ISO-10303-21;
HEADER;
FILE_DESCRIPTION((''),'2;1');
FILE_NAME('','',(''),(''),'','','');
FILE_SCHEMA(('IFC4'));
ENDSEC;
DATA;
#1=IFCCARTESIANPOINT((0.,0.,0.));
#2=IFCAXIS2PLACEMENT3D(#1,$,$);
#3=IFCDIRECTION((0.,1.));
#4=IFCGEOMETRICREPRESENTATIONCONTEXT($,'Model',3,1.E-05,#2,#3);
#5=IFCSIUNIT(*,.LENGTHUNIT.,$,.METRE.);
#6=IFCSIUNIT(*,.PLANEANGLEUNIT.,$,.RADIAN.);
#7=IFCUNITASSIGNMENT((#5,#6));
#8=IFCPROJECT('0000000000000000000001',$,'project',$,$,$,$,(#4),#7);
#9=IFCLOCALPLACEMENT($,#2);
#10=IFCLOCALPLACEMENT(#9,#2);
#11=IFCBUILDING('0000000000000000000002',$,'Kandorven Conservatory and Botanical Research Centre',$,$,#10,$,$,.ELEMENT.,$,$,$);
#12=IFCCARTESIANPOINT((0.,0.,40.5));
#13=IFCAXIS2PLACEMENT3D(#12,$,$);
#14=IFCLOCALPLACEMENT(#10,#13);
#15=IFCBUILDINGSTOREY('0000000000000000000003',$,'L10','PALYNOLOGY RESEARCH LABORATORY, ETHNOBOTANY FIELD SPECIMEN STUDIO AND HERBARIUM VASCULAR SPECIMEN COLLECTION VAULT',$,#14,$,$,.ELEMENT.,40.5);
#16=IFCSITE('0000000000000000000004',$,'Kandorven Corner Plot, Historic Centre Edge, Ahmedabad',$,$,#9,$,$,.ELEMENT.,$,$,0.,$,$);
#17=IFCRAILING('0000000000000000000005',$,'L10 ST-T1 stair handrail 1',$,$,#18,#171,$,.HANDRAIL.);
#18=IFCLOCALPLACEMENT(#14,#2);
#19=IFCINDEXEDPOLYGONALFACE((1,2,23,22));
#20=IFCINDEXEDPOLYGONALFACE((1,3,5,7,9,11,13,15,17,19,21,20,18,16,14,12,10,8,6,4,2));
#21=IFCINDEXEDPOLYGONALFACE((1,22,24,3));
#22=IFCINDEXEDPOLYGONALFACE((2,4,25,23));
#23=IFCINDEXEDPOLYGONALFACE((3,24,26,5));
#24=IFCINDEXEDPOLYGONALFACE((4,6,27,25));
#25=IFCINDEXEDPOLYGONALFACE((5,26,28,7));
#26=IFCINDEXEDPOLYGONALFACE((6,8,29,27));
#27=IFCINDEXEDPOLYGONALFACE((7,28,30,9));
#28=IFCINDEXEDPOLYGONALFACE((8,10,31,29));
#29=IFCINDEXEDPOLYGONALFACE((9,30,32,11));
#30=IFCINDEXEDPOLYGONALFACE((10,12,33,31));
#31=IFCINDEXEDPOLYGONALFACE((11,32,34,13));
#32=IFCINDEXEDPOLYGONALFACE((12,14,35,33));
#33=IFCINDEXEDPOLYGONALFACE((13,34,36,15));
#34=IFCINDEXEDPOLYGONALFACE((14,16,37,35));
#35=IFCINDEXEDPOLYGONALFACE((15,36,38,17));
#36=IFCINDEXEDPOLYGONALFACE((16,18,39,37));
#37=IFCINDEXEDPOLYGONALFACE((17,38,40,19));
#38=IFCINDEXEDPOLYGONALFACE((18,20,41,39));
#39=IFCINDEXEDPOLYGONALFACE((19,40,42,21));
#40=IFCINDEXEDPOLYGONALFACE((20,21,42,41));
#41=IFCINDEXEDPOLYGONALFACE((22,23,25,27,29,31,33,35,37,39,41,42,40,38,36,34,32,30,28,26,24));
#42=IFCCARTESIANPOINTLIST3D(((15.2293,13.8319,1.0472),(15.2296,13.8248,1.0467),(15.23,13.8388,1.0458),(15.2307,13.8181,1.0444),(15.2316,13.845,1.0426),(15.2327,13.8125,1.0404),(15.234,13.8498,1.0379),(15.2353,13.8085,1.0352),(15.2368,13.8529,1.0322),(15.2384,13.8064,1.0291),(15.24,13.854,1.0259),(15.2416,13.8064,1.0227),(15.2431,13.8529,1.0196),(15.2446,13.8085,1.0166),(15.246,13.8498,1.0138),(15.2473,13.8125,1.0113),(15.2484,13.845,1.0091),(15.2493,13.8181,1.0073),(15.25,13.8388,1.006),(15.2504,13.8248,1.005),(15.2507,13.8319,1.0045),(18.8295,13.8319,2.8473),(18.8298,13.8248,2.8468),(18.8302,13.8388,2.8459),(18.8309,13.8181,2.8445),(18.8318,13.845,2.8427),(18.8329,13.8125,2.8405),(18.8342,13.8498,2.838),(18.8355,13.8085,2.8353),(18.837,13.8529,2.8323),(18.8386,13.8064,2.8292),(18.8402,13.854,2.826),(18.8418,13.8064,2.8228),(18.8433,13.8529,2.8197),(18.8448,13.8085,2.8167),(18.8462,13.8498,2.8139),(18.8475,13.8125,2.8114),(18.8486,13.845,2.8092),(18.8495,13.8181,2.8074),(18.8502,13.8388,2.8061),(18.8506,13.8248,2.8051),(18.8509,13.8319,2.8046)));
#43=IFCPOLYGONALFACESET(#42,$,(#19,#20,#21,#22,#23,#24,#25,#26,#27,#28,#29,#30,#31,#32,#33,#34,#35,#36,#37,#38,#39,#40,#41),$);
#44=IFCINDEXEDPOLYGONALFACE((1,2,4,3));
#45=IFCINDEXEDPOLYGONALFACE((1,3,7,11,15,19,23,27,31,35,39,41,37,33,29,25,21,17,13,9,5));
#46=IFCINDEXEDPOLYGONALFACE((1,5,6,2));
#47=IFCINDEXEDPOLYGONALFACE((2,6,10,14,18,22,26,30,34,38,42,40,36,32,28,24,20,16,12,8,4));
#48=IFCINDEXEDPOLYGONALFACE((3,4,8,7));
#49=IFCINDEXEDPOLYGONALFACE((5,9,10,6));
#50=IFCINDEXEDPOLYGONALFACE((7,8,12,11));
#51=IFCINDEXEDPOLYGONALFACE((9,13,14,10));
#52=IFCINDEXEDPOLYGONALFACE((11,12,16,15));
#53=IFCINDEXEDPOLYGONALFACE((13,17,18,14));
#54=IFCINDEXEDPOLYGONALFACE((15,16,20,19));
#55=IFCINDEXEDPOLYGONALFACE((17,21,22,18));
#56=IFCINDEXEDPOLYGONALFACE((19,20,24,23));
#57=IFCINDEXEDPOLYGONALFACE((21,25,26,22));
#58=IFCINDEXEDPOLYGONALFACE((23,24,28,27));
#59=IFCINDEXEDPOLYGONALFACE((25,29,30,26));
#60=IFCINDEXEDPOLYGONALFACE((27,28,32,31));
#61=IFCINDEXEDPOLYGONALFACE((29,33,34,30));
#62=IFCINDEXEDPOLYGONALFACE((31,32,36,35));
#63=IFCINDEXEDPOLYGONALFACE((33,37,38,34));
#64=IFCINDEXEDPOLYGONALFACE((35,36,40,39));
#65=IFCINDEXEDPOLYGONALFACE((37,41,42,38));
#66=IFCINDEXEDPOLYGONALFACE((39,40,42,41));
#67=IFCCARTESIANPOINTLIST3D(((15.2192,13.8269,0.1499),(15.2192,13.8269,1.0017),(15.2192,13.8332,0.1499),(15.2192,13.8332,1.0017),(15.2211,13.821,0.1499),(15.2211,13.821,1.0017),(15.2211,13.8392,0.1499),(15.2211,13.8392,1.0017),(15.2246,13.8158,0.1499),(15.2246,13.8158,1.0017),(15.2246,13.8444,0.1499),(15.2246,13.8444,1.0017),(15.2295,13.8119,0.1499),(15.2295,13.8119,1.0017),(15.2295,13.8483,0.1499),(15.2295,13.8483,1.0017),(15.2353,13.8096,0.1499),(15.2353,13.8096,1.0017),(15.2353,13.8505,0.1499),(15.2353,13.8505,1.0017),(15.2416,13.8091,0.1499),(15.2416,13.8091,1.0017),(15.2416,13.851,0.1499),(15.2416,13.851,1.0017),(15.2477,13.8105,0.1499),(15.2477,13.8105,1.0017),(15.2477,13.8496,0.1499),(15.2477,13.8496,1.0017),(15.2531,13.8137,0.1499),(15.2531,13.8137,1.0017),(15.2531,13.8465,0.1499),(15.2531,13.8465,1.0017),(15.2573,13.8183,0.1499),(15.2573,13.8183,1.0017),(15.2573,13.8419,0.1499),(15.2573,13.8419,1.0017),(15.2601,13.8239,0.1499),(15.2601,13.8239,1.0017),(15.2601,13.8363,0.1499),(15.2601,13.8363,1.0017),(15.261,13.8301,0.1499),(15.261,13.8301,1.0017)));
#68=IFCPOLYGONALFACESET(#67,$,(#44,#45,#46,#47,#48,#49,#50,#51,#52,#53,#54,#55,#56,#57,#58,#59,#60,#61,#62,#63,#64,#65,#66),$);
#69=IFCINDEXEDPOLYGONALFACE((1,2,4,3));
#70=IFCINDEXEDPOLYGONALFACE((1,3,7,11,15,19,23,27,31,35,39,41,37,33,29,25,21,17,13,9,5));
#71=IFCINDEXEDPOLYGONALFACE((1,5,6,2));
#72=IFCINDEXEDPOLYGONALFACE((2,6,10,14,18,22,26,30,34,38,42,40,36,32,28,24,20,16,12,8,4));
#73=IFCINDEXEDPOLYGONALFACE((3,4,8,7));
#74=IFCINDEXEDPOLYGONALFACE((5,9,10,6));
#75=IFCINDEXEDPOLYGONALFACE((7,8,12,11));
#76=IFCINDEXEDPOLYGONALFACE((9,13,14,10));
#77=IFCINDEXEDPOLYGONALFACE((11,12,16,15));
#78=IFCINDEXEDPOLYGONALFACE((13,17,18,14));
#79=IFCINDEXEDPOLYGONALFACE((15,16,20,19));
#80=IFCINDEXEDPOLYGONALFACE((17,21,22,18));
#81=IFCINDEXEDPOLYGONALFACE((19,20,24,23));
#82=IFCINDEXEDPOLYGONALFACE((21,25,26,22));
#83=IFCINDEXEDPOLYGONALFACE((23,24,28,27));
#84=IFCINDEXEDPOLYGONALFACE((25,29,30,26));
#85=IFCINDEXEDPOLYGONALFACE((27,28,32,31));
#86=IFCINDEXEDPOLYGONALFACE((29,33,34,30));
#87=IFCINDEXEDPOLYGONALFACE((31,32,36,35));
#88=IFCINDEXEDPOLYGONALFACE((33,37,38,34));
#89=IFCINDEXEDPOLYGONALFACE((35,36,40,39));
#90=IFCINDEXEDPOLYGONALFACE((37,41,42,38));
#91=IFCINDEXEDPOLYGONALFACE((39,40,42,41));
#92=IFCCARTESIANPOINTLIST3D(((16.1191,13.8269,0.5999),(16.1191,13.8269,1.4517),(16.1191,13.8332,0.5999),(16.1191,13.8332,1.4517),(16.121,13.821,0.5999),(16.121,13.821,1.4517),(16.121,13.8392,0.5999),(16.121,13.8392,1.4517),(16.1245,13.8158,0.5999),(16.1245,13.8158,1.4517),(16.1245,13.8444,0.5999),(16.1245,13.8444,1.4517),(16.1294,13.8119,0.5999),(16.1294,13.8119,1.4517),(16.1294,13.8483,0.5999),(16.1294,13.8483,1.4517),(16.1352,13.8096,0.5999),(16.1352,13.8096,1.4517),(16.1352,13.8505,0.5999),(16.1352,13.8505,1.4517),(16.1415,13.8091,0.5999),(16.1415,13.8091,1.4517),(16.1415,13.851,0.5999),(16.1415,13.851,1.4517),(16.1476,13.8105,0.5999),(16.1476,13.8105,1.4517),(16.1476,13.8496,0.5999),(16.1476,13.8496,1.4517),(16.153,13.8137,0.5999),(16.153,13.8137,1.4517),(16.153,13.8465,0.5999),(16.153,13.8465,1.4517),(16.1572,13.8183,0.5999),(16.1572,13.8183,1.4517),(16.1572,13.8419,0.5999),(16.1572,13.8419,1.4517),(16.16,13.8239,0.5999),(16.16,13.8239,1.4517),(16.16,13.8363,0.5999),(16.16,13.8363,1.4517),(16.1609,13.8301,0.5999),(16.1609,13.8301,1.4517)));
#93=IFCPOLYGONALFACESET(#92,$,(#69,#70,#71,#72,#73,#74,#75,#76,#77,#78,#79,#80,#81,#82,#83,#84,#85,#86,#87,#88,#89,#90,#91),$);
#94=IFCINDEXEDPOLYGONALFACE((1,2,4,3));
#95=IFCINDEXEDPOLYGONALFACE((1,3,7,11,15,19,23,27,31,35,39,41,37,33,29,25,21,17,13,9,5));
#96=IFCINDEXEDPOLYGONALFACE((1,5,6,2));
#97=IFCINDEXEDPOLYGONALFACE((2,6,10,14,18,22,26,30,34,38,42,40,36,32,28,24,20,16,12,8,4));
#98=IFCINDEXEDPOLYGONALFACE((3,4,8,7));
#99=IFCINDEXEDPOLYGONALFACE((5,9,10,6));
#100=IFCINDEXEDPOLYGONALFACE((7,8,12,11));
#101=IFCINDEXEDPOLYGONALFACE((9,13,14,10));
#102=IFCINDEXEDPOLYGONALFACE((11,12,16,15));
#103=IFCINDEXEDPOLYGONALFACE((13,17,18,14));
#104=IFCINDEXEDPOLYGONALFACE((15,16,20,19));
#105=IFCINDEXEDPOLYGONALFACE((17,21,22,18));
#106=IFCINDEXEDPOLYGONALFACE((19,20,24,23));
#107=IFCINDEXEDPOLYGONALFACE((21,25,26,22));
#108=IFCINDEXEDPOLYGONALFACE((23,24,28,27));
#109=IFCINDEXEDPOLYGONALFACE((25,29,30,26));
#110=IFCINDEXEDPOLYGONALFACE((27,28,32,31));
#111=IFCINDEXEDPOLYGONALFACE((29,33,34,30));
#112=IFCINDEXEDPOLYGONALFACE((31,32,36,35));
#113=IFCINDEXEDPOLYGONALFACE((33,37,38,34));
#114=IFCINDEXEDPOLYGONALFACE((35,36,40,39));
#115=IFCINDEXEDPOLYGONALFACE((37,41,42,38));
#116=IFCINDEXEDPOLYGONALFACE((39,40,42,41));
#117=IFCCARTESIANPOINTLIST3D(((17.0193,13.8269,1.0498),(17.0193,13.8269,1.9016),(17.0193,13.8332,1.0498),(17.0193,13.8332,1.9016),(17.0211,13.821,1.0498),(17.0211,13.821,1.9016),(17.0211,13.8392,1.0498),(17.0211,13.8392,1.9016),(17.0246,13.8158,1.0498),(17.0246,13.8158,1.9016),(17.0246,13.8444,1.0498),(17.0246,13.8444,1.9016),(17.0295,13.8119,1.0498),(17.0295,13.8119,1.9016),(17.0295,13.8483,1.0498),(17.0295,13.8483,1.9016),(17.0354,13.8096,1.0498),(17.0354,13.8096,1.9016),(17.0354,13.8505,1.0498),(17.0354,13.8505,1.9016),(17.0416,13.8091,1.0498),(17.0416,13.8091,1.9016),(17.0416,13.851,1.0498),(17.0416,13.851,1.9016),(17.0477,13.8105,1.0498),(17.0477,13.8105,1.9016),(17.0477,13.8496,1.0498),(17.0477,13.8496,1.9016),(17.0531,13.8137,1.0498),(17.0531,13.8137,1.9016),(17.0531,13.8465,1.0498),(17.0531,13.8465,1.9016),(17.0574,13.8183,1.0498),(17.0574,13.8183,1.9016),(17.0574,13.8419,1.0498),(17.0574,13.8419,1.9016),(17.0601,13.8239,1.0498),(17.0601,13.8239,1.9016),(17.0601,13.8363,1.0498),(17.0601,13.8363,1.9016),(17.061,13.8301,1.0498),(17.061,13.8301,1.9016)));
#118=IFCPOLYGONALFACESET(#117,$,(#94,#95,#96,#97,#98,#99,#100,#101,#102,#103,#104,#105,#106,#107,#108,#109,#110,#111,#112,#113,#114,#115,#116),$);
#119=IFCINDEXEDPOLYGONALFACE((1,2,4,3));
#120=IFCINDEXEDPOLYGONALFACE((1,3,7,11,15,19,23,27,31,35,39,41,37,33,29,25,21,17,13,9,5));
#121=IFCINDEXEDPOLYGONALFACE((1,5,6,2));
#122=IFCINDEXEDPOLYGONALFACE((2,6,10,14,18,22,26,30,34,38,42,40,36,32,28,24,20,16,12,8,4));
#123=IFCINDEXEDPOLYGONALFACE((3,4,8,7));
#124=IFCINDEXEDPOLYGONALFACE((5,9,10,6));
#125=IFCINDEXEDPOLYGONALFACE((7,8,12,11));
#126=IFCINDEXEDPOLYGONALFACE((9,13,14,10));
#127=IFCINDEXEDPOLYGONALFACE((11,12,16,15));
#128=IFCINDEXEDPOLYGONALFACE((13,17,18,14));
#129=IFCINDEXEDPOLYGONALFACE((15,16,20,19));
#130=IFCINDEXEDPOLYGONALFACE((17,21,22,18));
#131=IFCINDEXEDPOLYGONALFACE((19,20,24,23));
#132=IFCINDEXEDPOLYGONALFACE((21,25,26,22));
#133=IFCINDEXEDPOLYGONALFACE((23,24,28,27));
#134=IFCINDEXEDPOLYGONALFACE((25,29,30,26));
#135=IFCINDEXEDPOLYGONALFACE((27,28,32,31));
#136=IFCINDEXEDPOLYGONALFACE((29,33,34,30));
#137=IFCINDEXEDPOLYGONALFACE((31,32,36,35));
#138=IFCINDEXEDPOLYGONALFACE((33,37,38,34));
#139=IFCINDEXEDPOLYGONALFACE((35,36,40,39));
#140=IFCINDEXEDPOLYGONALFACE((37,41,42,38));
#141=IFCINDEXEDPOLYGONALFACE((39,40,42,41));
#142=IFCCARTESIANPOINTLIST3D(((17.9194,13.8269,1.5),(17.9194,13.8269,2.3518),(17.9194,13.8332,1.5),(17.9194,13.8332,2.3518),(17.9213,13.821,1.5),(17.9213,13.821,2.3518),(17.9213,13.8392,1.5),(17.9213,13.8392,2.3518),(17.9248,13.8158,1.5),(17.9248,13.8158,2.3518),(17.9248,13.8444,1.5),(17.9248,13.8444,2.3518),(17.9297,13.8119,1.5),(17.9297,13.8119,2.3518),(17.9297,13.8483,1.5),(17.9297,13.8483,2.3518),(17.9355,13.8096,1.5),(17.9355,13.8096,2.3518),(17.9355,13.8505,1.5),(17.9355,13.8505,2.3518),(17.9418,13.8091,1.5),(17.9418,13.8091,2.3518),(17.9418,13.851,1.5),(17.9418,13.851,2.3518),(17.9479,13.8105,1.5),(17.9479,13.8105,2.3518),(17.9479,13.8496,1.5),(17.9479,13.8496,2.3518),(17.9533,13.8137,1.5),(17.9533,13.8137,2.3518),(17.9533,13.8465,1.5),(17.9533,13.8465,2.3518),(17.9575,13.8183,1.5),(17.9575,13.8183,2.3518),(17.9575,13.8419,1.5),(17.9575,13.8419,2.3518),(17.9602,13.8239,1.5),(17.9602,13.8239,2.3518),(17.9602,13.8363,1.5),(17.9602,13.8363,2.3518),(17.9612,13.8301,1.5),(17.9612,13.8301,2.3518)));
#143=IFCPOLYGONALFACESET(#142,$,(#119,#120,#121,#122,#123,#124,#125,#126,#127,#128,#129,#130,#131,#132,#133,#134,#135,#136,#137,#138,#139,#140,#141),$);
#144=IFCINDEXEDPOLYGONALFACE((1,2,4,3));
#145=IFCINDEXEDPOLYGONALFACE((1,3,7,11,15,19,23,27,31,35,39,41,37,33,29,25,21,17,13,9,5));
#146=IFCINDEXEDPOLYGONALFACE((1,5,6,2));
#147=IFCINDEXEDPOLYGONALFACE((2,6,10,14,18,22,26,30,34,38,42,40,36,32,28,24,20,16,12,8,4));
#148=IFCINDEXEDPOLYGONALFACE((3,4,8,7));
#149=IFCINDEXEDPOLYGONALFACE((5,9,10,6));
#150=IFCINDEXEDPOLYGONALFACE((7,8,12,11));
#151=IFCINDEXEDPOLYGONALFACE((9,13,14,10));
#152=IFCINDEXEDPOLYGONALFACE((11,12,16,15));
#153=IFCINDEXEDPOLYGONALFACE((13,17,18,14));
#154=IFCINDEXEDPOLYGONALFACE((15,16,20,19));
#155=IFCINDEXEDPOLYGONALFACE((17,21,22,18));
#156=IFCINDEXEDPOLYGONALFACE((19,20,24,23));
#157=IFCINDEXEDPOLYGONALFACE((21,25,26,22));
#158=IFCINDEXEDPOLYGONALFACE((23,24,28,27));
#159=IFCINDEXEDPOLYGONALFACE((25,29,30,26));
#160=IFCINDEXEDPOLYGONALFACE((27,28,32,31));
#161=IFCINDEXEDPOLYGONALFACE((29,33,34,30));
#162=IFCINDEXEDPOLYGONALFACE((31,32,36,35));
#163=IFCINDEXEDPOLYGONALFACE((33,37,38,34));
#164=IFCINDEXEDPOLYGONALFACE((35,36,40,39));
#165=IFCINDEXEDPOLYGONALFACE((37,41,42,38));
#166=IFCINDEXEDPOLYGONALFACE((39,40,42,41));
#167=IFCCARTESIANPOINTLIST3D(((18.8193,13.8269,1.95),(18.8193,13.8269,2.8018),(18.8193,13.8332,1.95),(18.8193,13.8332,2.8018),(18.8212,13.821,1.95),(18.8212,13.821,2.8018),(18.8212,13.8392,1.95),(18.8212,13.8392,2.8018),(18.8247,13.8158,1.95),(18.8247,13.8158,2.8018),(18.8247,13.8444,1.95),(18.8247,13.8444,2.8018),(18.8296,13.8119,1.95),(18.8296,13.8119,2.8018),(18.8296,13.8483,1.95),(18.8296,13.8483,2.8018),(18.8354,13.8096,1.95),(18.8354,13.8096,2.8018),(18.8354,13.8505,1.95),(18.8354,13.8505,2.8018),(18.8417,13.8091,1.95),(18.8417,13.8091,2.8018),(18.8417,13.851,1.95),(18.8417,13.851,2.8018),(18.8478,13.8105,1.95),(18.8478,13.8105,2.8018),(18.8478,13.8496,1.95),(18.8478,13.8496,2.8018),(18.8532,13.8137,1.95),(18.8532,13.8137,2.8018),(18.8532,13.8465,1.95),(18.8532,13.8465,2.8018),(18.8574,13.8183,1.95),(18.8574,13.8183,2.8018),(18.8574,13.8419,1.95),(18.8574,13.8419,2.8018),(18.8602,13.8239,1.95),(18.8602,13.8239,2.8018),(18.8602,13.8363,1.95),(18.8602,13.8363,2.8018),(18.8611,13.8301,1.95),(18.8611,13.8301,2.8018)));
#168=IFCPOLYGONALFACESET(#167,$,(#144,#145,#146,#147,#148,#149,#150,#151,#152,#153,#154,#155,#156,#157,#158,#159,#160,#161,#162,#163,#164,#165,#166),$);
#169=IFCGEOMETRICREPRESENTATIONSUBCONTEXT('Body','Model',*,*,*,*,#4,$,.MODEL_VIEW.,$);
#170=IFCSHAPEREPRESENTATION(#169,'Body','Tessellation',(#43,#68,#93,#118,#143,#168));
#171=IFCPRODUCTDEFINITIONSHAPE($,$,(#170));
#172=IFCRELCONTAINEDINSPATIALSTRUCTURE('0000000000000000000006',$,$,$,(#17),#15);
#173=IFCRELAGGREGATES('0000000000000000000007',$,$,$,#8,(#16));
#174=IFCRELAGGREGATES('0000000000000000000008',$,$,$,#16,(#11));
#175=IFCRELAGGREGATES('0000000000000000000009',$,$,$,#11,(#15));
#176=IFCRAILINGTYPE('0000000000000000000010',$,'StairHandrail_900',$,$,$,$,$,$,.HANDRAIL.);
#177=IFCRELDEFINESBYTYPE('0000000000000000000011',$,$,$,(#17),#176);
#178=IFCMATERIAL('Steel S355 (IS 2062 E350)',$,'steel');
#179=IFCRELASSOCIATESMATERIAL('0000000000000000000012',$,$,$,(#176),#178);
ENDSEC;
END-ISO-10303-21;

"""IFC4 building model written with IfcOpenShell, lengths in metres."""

from ifc_helpers import new_model, si_unit, direction, frame, origin, origin_2d, place, context, subcontext, project, spatial, circle, extrude, material, type_object, element, save


model = new_model("IFC4")

# Units and contexts
model_context = context("Model", 3, precision=1e-05, world=origin(), true_north=direction((0.0, 1.0)))
body_context = subcontext(model_context, "Body", "Model", "MODEL_VIEW")
ifc_project = project(units=[si_unit("LENGTHUNIT", "METRE"), si_unit("PLANEANGLEUNIT", "RADIAN")], contexts=[model_context])

# Site, building, storey
site_placement = place(None, origin())
site = spatial("IfcSite", under=ifc_project, at=site_placement, Name="Kandorven Corner Plot, Historic Centre Edge, Ahmedabad", CompositionType="ELEMENT", RefElevation=0.0)
building_placement = place(site_placement, origin())
building = spatial("IfcBuilding", under=site, at=building_placement, Name="Kandorven Conservatory and Botanical Research Centre", CompositionType="ELEMENT")
storey_placement = place(building_placement, frame((0.0, 0.0, 40.5)))
storey = spatial("IfcBuildingStorey", under=building, at=storey_placement, Name="L10", Description="PALYNOLOGY RESEARCH LABORATORY, ETHNOBOTANY FIELD SPECIMEN STUDIO AND HERBARIUM VASCULAR SPECIMEN COLLECTION VAULT", CompositionType="ELEMENT", Elevation=40.5)

# Railing
ifc_material_1 = material(Name="Steel S355 (IS 2062 E350)", Category="steel")
railing_type_1 = type_object("IfcRailingType", Name="StairHandrail_900", PredefinedType="HANDRAIL", material=ifc_material_1)
railing_1_placement = place(storey_placement, frame((15.24, 13.8301, 0.1499)))
element("IfcRailing", 1, at=railing_1_placement, inside=storey, type_object=railing_type_1, Name="L10 ST-T1 stair handrail 1", PredefinedType="HANDRAIL", context=body_context, shape_type="SweptSolid", body=[
    extrude(circle(Radius=0.0239, at=origin_2d()), frame((0.0, 0.0, 0.876), z_axis=(0.894427, 0.0, 0.447214), x_axis=(0.0, 1.0, 0.0)), (0.0, 0.0, 1.0), 4.0251),
    extrude(circle(Radius=0.021, at=origin_2d()), origin(), (0.0, 0.0, 1.0), 0.8518),
    extrude(circle(Radius=0.021, at=origin_2d()), frame((0.8999, 0.0, 0.45)), (0.0, 0.0, 1.0), 0.8518),
    extrude(circle(Radius=0.021, at=origin_2d()), frame((1.8, 0.0, 0.8999)), (0.0, 0.0, 1.0), 0.8518),
    extrude(circle(Radius=0.021, at=origin_2d()), frame((2.7002, 0.0, 1.3501)), (0.0, 0.0, 1.0), 0.8518),
    extrude(circle(Radius=0.021, at=origin_2d()), frame((3.6001, 0.0, 1.8)), (0.0, 0.0, 1.0), 0.8518),
])

save(model, "model.ifc")
